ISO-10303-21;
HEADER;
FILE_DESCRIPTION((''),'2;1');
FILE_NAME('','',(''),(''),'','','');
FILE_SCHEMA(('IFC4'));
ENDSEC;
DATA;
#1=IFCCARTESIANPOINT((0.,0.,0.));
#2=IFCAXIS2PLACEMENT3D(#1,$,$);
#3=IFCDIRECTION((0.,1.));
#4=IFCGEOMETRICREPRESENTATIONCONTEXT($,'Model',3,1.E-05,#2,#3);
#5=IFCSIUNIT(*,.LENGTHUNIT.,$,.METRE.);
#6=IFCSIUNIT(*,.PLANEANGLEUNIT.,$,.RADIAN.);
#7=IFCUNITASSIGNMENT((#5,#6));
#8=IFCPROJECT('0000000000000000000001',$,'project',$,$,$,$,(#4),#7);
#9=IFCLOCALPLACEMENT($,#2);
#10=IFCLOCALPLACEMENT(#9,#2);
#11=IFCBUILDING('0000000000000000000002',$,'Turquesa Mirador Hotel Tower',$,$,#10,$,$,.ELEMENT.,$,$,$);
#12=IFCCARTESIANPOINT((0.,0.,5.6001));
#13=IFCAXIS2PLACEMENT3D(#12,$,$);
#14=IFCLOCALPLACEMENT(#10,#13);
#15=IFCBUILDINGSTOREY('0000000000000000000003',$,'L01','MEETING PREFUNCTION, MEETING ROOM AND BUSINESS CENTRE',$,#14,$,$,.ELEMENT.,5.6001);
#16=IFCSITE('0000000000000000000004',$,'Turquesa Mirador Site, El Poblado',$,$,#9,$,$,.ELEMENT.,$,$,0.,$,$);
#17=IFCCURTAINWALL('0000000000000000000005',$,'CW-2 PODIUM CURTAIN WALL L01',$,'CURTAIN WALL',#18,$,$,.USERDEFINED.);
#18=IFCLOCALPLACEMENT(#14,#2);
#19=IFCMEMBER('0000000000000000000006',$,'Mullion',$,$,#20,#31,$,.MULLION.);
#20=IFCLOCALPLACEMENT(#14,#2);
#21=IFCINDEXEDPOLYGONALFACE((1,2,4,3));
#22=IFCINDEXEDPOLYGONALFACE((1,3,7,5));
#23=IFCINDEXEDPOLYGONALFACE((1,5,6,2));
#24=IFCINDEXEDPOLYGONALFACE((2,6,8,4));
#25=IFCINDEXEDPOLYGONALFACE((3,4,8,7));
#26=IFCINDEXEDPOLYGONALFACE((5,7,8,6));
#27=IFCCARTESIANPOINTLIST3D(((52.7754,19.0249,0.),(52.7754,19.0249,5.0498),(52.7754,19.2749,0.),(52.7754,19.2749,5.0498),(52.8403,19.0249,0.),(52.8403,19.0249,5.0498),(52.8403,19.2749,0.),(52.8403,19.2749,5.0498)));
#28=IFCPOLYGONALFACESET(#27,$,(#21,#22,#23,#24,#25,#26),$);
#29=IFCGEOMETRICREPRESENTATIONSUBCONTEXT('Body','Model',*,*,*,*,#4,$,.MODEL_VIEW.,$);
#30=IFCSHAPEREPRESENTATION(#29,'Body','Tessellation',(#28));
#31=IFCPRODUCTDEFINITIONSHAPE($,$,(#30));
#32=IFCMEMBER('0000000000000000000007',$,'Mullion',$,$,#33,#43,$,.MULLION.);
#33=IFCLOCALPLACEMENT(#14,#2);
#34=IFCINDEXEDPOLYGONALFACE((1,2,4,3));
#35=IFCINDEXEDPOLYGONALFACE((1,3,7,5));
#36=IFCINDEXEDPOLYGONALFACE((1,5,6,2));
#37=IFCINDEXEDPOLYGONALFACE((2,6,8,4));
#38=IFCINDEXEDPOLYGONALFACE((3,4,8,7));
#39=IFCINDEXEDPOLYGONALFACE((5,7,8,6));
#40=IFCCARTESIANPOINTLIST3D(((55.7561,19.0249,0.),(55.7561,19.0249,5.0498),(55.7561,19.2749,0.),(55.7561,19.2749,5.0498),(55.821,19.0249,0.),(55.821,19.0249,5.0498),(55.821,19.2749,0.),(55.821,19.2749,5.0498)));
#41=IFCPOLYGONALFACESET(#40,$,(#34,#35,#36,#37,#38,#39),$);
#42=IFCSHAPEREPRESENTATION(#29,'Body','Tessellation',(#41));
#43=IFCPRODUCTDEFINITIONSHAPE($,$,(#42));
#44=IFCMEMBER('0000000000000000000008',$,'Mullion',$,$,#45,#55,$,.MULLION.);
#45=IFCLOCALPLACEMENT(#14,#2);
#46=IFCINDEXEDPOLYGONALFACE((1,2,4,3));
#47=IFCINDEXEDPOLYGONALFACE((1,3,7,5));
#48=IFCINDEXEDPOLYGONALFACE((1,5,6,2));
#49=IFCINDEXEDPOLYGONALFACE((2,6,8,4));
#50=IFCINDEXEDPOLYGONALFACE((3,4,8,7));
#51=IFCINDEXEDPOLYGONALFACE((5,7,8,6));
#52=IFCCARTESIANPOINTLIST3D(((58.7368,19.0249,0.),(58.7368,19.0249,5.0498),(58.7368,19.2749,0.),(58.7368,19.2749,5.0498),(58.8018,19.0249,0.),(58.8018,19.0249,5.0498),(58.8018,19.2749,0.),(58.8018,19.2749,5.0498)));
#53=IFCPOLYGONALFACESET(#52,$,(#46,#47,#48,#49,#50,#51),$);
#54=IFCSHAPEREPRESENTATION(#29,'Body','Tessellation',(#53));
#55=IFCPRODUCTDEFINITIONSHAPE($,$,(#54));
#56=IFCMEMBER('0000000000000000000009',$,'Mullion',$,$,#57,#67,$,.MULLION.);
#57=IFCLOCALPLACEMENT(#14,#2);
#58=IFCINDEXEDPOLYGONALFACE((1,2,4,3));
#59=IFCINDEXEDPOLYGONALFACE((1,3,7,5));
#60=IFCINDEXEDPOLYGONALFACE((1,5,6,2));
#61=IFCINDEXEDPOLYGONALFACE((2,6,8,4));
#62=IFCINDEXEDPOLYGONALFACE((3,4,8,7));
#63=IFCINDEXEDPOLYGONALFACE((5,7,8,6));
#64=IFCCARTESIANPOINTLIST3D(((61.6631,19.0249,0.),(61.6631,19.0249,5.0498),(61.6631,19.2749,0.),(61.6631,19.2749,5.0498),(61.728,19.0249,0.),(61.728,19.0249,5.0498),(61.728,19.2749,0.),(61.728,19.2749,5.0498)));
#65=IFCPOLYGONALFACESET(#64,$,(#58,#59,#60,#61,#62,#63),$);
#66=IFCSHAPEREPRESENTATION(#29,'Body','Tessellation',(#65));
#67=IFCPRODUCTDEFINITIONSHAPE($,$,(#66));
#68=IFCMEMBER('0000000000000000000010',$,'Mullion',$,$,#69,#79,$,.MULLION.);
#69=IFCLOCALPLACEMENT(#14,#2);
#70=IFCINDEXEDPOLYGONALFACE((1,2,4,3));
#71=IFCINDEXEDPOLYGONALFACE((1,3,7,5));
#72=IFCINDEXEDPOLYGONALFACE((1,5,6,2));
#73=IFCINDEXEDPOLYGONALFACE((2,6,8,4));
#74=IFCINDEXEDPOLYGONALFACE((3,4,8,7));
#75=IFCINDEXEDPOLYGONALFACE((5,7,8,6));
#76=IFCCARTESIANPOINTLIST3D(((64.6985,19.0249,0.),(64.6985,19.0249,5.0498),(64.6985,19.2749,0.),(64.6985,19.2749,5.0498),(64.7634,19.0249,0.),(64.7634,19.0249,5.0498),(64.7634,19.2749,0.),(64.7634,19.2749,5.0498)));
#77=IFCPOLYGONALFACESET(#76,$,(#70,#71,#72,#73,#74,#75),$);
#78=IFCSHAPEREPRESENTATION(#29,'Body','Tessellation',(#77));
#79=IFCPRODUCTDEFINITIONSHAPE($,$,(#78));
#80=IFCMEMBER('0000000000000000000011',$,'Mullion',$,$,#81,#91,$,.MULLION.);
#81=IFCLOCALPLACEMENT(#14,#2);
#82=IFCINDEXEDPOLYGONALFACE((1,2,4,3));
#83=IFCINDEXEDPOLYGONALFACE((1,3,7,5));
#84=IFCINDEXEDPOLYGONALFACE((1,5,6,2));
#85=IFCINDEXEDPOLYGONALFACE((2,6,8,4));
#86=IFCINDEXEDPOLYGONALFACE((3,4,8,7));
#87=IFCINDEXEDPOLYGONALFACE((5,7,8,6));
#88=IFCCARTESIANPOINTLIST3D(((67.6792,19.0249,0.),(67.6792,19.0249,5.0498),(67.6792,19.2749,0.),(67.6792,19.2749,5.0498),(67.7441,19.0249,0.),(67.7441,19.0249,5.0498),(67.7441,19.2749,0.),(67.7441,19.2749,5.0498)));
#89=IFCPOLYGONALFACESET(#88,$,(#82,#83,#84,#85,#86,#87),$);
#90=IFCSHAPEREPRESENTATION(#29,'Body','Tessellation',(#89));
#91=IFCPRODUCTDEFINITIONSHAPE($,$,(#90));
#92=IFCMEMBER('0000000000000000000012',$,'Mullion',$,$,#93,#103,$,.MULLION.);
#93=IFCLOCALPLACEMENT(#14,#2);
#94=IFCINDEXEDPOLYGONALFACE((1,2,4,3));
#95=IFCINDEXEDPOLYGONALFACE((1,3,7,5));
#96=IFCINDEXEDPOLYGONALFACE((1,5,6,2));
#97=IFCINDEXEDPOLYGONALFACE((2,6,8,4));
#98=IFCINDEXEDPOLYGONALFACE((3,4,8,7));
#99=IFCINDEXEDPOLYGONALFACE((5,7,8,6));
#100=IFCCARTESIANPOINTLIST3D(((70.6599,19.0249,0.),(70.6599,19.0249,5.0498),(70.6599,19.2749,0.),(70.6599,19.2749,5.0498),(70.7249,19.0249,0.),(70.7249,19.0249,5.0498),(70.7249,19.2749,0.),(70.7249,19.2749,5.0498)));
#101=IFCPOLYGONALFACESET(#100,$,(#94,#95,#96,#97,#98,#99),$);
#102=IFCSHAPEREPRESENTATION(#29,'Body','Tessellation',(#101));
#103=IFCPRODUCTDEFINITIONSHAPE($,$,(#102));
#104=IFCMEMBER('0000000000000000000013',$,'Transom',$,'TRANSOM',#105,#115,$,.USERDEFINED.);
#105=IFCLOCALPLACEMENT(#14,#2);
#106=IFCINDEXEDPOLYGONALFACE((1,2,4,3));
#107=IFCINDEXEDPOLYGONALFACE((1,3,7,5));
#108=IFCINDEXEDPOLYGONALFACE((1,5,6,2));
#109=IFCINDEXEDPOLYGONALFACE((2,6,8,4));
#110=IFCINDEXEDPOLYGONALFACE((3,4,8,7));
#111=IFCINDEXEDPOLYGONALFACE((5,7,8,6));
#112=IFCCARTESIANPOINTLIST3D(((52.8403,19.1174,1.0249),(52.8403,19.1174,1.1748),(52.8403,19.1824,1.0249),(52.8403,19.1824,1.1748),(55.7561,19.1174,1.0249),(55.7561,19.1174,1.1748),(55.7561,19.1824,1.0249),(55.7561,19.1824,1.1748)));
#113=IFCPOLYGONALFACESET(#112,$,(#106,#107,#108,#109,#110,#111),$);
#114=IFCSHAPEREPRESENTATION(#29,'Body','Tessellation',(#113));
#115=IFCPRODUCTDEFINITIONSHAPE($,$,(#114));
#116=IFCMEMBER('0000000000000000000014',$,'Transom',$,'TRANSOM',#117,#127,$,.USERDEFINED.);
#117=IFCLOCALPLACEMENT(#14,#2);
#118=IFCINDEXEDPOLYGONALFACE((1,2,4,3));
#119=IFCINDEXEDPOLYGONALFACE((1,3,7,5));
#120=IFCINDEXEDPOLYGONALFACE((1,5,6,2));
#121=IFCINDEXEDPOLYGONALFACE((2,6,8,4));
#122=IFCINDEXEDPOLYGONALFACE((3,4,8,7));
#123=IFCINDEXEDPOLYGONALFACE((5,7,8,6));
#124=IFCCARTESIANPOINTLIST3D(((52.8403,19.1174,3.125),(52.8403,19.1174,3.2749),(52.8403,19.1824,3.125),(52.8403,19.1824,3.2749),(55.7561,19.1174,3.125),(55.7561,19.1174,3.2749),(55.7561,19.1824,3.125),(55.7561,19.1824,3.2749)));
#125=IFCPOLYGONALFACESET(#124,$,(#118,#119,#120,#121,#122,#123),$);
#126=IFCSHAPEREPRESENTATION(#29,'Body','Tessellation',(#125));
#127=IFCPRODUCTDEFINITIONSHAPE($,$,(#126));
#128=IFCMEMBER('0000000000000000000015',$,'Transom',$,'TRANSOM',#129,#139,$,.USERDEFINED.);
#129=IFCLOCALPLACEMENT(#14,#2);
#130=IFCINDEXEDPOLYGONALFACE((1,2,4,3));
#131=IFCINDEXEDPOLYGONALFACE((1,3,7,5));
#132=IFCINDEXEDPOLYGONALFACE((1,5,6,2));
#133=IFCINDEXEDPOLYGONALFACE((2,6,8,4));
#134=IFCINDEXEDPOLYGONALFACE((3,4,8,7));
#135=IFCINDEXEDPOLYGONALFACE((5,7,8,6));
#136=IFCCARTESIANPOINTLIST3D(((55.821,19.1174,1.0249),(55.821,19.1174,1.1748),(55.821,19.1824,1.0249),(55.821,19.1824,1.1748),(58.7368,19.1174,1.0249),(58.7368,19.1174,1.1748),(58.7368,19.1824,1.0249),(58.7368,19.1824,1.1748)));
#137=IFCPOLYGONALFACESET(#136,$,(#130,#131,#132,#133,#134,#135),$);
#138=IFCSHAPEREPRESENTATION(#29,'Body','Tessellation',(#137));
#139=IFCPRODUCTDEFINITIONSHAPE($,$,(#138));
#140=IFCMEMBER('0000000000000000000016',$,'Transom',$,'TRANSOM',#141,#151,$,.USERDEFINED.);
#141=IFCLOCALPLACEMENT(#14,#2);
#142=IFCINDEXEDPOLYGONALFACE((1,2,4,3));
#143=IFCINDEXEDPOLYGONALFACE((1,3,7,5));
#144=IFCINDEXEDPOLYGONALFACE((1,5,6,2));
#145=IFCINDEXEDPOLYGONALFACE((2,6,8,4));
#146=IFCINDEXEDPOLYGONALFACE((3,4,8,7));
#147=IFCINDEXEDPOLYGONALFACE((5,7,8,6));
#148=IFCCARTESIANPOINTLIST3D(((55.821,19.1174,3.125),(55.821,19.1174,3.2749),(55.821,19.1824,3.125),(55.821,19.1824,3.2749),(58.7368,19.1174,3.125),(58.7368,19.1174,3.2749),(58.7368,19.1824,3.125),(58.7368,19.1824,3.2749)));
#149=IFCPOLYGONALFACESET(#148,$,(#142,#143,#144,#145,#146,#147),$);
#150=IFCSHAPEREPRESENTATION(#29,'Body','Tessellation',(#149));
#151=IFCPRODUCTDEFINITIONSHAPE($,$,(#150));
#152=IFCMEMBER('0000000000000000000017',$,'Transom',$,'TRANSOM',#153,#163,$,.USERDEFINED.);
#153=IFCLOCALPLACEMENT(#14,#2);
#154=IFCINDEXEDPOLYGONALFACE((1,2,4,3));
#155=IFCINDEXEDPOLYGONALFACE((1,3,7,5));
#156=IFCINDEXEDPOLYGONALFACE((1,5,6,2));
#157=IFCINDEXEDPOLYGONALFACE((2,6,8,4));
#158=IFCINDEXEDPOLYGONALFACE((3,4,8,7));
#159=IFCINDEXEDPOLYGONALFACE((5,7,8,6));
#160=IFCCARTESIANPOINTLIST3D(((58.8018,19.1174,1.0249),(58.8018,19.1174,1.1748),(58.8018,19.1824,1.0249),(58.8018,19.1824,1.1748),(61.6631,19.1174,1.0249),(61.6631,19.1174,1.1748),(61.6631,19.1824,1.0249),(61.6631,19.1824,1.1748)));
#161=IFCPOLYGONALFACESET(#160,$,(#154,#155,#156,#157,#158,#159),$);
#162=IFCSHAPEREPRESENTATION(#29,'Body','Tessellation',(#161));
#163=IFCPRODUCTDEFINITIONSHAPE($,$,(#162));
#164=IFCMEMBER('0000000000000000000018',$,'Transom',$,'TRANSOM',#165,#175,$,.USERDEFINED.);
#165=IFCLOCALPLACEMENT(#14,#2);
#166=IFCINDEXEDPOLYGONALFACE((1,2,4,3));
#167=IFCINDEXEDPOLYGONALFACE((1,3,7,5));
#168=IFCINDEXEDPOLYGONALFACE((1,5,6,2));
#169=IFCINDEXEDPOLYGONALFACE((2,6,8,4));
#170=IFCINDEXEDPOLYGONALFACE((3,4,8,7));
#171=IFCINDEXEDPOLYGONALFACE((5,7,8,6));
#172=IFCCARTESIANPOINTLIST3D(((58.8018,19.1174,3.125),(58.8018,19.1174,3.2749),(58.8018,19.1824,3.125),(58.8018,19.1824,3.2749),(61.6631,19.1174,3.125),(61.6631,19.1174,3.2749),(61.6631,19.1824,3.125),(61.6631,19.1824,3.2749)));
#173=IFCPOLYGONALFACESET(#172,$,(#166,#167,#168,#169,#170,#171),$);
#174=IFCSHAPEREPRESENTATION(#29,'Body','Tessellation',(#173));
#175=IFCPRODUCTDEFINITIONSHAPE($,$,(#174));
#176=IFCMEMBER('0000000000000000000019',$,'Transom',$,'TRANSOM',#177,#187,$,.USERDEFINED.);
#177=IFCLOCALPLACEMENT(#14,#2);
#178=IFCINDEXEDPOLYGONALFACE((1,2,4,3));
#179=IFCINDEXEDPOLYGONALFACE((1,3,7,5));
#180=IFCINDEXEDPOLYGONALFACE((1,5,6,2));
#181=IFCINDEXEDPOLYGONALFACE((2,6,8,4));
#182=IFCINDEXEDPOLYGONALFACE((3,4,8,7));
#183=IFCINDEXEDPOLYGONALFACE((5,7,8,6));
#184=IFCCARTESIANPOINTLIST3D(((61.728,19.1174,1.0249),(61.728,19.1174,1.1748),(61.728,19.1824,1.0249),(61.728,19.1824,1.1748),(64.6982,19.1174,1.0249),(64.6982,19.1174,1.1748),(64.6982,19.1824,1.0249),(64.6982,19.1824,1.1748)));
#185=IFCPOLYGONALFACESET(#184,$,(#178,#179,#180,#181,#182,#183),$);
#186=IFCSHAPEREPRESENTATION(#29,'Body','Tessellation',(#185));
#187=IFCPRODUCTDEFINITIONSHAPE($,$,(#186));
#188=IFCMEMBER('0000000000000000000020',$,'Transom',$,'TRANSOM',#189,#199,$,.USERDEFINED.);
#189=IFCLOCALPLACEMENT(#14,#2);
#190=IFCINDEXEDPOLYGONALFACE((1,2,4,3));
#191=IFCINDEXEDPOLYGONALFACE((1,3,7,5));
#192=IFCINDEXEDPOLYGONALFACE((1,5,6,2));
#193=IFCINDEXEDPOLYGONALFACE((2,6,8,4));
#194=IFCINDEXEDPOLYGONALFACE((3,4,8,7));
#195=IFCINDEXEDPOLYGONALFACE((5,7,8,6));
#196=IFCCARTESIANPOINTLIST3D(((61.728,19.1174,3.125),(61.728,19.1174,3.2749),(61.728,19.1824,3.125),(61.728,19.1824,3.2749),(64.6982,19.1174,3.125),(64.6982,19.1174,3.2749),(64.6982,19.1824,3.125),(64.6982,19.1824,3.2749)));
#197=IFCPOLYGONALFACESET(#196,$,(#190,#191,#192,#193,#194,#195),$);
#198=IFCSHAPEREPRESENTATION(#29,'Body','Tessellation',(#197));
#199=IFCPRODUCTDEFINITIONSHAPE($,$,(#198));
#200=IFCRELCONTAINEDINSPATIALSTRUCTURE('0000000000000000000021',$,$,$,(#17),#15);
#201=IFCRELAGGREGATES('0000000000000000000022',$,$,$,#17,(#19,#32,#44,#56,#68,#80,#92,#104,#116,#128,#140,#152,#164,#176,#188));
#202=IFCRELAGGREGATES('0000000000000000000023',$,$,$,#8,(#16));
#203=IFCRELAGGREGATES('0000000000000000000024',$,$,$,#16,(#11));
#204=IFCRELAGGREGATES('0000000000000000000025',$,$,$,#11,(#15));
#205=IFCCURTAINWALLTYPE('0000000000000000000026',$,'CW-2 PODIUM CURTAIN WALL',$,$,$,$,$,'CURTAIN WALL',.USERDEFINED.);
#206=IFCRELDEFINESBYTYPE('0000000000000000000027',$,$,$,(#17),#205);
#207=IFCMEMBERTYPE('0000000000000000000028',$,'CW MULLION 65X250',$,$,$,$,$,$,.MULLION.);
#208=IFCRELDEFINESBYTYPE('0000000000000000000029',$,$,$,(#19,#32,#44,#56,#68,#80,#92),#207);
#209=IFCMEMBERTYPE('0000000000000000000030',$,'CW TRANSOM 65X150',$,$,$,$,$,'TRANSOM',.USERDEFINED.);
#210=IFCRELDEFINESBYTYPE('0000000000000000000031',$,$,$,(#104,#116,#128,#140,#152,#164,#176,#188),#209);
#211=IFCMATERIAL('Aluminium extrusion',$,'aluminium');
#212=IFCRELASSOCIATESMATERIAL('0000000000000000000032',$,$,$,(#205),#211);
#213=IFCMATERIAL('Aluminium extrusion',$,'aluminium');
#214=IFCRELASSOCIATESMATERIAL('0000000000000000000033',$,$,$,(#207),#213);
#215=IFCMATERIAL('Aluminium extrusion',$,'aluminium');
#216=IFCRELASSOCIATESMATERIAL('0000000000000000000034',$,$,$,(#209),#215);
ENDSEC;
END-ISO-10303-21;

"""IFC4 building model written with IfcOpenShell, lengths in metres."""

from ifc_helpers import new_model, si_unit, direction, frame, origin, origin_2d, place, context, subcontext, project, spatial, rectangle, extrude, material, material_profile, profile_set, type_object, element, aggregate, save


model = new_model("IFC4")

# Units and contexts
model_context = context("Model", 3, precision=1e-05, world=origin(), true_north=direction((0.0, 1.0)))
body_context = subcontext(model_context, "Body", "Model", "MODEL_VIEW")
ifc_project = project(units=[si_unit("LENGTHUNIT", "METRE"), si_unit("PLANEANGLEUNIT", "RADIAN")], contexts=[model_context])

# Site, building, storey
site_placement = place(None, origin())
site = spatial("IfcSite", under=ifc_project, at=site_placement, Name="Turquesa Mirador Site, El Poblado", CompositionType="ELEMENT", RefElevation=0.0)
building_placement = place(site_placement, origin())
building = spatial("IfcBuilding", under=site, at=building_placement, Name="Turquesa Mirador Hotel Tower", CompositionType="ELEMENT")
storey_placement = place(building_placement, frame((0.0, 0.0, 5.6001)))
storey = spatial("IfcBuildingStorey", under=building, at=storey_placement, Name="L01", Description="MEETING PREFUNCTION, MEETING ROOM AND BUSINESS CENTRE", CompositionType="ELEMENT", Elevation=5.6001)

# Curtain wall, members
ifc_material_1 = material(Name="Aluminium extrusion", Category="aluminium")
curtain_wall_type = type_object("IfcCurtainWallType", Name="CW-2 PODIUM CURTAIN WALL", ElementType="CURTAIN WALL", PredefinedType="USERDEFINED", material=ifc_material_1)
curtain_wall_placement = place(storey_placement, origin())
curtain_wall = element("IfcCurtainWall", 1, at=curtain_wall_placement, inside=storey, type_object=curtain_wall_type, Name="CW-2 PODIUM CURTAIN WALL L01", ObjectType="CURTAIN WALL", PredefinedType="USERDEFINED")
ifc_material_2 = material(Name="Aluminium extrusion", Category="aluminium")
ifc_material_profile_1 = material_profile(ifc_material_2, rectangle(XDim=0.0649, YDim=0.25, at=origin_2d()), Name="MULLION 65X250")
ifc_profile_set_1 = profile_set([ifc_material_profile_1], Name="Aluminium extrusion")
member_type_1 = type_object("IfcMemberType", Name="CW MULLION 65X250", PredefinedType="MULLION", material=ifc_profile_set_1)
member_1_placement = place(storey_placement, frame((52.8079, 19.1499, 0.0), z_axis=(0.0, 0.0, 1.0), x_axis=(1.0, 0.0, 0.0)))
member_1 = element("IfcMember", 2, at=member_1_placement, type_object=member_type_1, Name="Mullion", PredefinedType="MULLION", context=body_context, shape_type="SweptSolid", body=[
    extrude(rectangle(XDim=0.0649, YDim=0.25, at=origin_2d()), origin(), (0.0, 0.0, 1.0), 5.0498),
])
member_2_placement = place(storey_placement, frame((55.7886, 19.1499, 0.0), z_axis=(0.0, 0.0, 1.0), x_axis=(1.0, 0.0, 0.0)))
member_2 = element("IfcMember", 3, at=member_2_placement, type_object=member_type_1, Name="Mullion", PredefinedType="MULLION", context=body_context, shape_type="SweptSolid", body=[
    extrude(rectangle(XDim=0.0649, YDim=0.25, at=origin_2d()), origin(), (0.0, 0.0, 1.0), 5.0498),
])
member_3_placement = place(storey_placement, frame((58.7693, 19.1499, 0.0), z_axis=(0.0, 0.0, 1.0), x_axis=(1.0, 0.0, 0.0)))
member_3 = element("IfcMember", 4, at=member_3_placement, type_object=member_type_1, Name="Mullion", PredefinedType="MULLION", context=body_context, shape_type="SweptSolid", body=[
    extrude(rectangle(XDim=0.0649, YDim=0.25, at=origin_2d()), origin(), (0.0, 0.0, 1.0), 5.0498),
])
member_4_placement = place(storey_placement, frame((61.6956, 19.1499, 0.0), z_axis=(0.0, 0.0, 1.0), x_axis=(1.0, 0.0, 0.0)))
member_4 = element("IfcMember", 5, at=member_4_placement, type_object=member_type_1, Name="Mullion", PredefinedType="MULLION", context=body_context, shape_type="SweptSolid", body=[
    extrude(rectangle(XDim=0.0649, YDim=0.25, at=origin_2d()), origin(), (0.0, 0.0, 1.0), 5.0498),
])
member_5_placement = place(storey_placement, frame((64.731, 19.1499, 0.0), z_axis=(0.0, 0.0, 1.0), x_axis=(1.0, 0.0, 0.0)))
member_5 = element("IfcMember", 6, at=member_5_placement, type_object=member_type_1, Name="Mullion", PredefinedType="MULLION", context=body_context, shape_type="SweptSolid", body=[
    extrude(rectangle(XDim=0.0649, YDim=0.25, at=origin_2d()), origin(), (0.0, 0.0, 1.0), 5.0498),
])
member_6_placement = place(storey_placement, frame((67.7117, 19.1499, 0.0), z_axis=(0.0, 0.0, 1.0), x_axis=(1.0, 0.0, 0.0)))
member_6 = element("IfcMember", 7, at=member_6_placement, type_object=member_type_1, Name="Mullion", PredefinedType="MULLION", context=body_context, shape_type="SweptSolid", body=[
    extrude(rectangle(XDim=0.0649, YDim=0.25, at=origin_2d()), origin(), (0.0, 0.0, 1.0), 5.0498),
])
member_7_placement = place(storey_placement, frame((70.6924, 19.1499, 0.0), z_axis=(0.0, 0.0, 1.0), x_axis=(1.0, 0.0, 0.0)))
member_7 = element("IfcMember", 8, at=member_7_placement, type_object=member_type_1, Name="Mullion", PredefinedType="MULLION", context=body_context, shape_type="SweptSolid", body=[
    extrude(rectangle(XDim=0.0649, YDim=0.25, at=origin_2d()), origin(), (0.0, 0.0, 1.0), 5.0498),
])
ifc_material_3 = material(Name="Aluminium extrusion", Category="aluminium")
ifc_material_profile_2 = material_profile(ifc_material_3, rectangle(XDim=0.0649, YDim=0.1499, at=origin_2d()), Name="TRANSOM 65X150")
ifc_profile_set_2 = profile_set([ifc_material_profile_2], Name="Aluminium extrusion")
member_type_2 = type_object("IfcMemberType", Name="CW TRANSOM 65X150", ElementType="TRANSOM", PredefinedType="USERDEFINED", material=ifc_profile_set_2)
member_8_placement = place(storey_placement, frame((52.8403, 19.1499, 1.0999), z_axis=(1.0, 0.0, 0.0), x_axis=(0.0, 1.0, 0.0)))
member_8 = element("IfcMember", 9, at=member_8_placement, type_object=member_type_2, Name="Transom", ObjectType="TRANSOM", PredefinedType="USERDEFINED", context=body_context, shape_type="SweptSolid", body=[
    extrude(rectangle(XDim=0.0649, YDim=0.1499, at=origin_2d()), origin(), (0.0, 0.0, 1.0), 2.9158),
])
member_9_placement = place(storey_placement, frame((52.8403, 19.1499, 3.2), z_axis=(1.0, 0.0, 0.0), x_axis=(0.0, 1.0, 0.0)))
member_9 = element("IfcMember", 10, at=member_9_placement, type_object=member_type_2, Name="Transom", ObjectType="TRANSOM", PredefinedType="USERDEFINED", context=body_context, shape_type="SweptSolid", body=[
    extrude(rectangle(XDim=0.0649, YDim=0.1499, at=origin_2d()), origin(), (0.0, 0.0, 1.0), 2.9158),
])
member_10_placement = place(storey_placement, frame((55.821, 19.1499, 1.0999), z_axis=(1.0, 0.0, 0.0), x_axis=(0.0, 1.0, 0.0)))
member_10 = element("IfcMember", 11, at=member_10_placement, type_object=member_type_2, Name="Transom", ObjectType="TRANSOM", PredefinedType="USERDEFINED", context=body_context, shape_type="SweptSolid", body=[
    extrude(rectangle(XDim=0.0649, YDim=0.1499, at=origin_2d()), origin(), (0.0, 0.0, 1.0), 2.9158),
])
member_11_placement = place(storey_placement, frame((55.821, 19.1499, 3.2), z_axis=(1.0, 0.0, 0.0), x_axis=(0.0, 1.0, 0.0)))
member_11 = element("IfcMember", 12, at=member_11_placement, type_object=member_type_2, Name="Transom", ObjectType="TRANSOM", PredefinedType="USERDEFINED", context=body_context, shape_type="SweptSolid", body=[
    extrude(rectangle(XDim=0.0649, YDim=0.1499, at=origin_2d()), origin(), (0.0, 0.0, 1.0), 2.9158),
])
member_12_placement = place(storey_placement, frame((58.8018, 19.1499, 1.0999), z_axis=(1.0, 0.0, 0.0), x_axis=(0.0, 1.0, 0.0)))
member_12 = element("IfcMember", 13, at=member_12_placement, type_object=member_type_2, Name="Transom", ObjectType="TRANSOM", PredefinedType="USERDEFINED", context=body_context, shape_type="SweptSolid", body=[
    extrude(rectangle(XDim=0.0649, YDim=0.1499, at=origin_2d()), origin(), (0.0, 0.0, 1.0), 2.8613),
])
member_13_placement = place(storey_placement, frame((58.8018, 19.1499, 3.2), z_axis=(1.0, 0.0, 0.0), x_axis=(0.0, 1.0, 0.0)))
member_13 = element("IfcMember", 14, at=member_13_placement, type_object=member_type_2, Name="Transom", ObjectType="TRANSOM", PredefinedType="USERDEFINED", context=body_context, shape_type="SweptSolid", body=[
    extrude(rectangle(XDim=0.0649, YDim=0.1499, at=origin_2d()), origin(), (0.0, 0.0, 1.0), 2.8613),
])
member_14_placement = place(storey_placement, frame((61.728, 19.1499, 1.0999), z_axis=(1.0, 0.0, 0.0), x_axis=(0.0, 1.0, 0.0)))
member_14 = element("IfcMember", 15, at=member_14_placement, type_object=member_type_2, Name="Transom", ObjectType="TRANSOM", PredefinedType="USERDEFINED", context=body_context, shape_type="SweptSolid", body=[
    extrude(rectangle(XDim=0.0649, YDim=0.1499, at=origin_2d()), origin(), (0.0, 0.0, 1.0), 2.9702),
])
member_15_placement = place(storey_placement, frame((61.728, 19.1499, 3.2), z_axis=(1.0, 0.0, 0.0), x_axis=(0.0, 1.0, 0.0)))
member_15 = element("IfcMember", 16, at=member_15_placement, type_object=member_type_2, Name="Transom", ObjectType="TRANSOM", PredefinedType="USERDEFINED", context=body_context, shape_type="SweptSolid", body=[
    extrude(rectangle(XDim=0.0649, YDim=0.1499, at=origin_2d()), origin(), (0.0, 0.0, 1.0), 2.9702),
])
aggregate(curtain_wall, [member_1, member_2, member_3, member_4, member_5, member_6, member_7, member_8, member_9, member_10, member_11, member_12, member_13, member_14, member_15])

save(model, "model.ifc")
